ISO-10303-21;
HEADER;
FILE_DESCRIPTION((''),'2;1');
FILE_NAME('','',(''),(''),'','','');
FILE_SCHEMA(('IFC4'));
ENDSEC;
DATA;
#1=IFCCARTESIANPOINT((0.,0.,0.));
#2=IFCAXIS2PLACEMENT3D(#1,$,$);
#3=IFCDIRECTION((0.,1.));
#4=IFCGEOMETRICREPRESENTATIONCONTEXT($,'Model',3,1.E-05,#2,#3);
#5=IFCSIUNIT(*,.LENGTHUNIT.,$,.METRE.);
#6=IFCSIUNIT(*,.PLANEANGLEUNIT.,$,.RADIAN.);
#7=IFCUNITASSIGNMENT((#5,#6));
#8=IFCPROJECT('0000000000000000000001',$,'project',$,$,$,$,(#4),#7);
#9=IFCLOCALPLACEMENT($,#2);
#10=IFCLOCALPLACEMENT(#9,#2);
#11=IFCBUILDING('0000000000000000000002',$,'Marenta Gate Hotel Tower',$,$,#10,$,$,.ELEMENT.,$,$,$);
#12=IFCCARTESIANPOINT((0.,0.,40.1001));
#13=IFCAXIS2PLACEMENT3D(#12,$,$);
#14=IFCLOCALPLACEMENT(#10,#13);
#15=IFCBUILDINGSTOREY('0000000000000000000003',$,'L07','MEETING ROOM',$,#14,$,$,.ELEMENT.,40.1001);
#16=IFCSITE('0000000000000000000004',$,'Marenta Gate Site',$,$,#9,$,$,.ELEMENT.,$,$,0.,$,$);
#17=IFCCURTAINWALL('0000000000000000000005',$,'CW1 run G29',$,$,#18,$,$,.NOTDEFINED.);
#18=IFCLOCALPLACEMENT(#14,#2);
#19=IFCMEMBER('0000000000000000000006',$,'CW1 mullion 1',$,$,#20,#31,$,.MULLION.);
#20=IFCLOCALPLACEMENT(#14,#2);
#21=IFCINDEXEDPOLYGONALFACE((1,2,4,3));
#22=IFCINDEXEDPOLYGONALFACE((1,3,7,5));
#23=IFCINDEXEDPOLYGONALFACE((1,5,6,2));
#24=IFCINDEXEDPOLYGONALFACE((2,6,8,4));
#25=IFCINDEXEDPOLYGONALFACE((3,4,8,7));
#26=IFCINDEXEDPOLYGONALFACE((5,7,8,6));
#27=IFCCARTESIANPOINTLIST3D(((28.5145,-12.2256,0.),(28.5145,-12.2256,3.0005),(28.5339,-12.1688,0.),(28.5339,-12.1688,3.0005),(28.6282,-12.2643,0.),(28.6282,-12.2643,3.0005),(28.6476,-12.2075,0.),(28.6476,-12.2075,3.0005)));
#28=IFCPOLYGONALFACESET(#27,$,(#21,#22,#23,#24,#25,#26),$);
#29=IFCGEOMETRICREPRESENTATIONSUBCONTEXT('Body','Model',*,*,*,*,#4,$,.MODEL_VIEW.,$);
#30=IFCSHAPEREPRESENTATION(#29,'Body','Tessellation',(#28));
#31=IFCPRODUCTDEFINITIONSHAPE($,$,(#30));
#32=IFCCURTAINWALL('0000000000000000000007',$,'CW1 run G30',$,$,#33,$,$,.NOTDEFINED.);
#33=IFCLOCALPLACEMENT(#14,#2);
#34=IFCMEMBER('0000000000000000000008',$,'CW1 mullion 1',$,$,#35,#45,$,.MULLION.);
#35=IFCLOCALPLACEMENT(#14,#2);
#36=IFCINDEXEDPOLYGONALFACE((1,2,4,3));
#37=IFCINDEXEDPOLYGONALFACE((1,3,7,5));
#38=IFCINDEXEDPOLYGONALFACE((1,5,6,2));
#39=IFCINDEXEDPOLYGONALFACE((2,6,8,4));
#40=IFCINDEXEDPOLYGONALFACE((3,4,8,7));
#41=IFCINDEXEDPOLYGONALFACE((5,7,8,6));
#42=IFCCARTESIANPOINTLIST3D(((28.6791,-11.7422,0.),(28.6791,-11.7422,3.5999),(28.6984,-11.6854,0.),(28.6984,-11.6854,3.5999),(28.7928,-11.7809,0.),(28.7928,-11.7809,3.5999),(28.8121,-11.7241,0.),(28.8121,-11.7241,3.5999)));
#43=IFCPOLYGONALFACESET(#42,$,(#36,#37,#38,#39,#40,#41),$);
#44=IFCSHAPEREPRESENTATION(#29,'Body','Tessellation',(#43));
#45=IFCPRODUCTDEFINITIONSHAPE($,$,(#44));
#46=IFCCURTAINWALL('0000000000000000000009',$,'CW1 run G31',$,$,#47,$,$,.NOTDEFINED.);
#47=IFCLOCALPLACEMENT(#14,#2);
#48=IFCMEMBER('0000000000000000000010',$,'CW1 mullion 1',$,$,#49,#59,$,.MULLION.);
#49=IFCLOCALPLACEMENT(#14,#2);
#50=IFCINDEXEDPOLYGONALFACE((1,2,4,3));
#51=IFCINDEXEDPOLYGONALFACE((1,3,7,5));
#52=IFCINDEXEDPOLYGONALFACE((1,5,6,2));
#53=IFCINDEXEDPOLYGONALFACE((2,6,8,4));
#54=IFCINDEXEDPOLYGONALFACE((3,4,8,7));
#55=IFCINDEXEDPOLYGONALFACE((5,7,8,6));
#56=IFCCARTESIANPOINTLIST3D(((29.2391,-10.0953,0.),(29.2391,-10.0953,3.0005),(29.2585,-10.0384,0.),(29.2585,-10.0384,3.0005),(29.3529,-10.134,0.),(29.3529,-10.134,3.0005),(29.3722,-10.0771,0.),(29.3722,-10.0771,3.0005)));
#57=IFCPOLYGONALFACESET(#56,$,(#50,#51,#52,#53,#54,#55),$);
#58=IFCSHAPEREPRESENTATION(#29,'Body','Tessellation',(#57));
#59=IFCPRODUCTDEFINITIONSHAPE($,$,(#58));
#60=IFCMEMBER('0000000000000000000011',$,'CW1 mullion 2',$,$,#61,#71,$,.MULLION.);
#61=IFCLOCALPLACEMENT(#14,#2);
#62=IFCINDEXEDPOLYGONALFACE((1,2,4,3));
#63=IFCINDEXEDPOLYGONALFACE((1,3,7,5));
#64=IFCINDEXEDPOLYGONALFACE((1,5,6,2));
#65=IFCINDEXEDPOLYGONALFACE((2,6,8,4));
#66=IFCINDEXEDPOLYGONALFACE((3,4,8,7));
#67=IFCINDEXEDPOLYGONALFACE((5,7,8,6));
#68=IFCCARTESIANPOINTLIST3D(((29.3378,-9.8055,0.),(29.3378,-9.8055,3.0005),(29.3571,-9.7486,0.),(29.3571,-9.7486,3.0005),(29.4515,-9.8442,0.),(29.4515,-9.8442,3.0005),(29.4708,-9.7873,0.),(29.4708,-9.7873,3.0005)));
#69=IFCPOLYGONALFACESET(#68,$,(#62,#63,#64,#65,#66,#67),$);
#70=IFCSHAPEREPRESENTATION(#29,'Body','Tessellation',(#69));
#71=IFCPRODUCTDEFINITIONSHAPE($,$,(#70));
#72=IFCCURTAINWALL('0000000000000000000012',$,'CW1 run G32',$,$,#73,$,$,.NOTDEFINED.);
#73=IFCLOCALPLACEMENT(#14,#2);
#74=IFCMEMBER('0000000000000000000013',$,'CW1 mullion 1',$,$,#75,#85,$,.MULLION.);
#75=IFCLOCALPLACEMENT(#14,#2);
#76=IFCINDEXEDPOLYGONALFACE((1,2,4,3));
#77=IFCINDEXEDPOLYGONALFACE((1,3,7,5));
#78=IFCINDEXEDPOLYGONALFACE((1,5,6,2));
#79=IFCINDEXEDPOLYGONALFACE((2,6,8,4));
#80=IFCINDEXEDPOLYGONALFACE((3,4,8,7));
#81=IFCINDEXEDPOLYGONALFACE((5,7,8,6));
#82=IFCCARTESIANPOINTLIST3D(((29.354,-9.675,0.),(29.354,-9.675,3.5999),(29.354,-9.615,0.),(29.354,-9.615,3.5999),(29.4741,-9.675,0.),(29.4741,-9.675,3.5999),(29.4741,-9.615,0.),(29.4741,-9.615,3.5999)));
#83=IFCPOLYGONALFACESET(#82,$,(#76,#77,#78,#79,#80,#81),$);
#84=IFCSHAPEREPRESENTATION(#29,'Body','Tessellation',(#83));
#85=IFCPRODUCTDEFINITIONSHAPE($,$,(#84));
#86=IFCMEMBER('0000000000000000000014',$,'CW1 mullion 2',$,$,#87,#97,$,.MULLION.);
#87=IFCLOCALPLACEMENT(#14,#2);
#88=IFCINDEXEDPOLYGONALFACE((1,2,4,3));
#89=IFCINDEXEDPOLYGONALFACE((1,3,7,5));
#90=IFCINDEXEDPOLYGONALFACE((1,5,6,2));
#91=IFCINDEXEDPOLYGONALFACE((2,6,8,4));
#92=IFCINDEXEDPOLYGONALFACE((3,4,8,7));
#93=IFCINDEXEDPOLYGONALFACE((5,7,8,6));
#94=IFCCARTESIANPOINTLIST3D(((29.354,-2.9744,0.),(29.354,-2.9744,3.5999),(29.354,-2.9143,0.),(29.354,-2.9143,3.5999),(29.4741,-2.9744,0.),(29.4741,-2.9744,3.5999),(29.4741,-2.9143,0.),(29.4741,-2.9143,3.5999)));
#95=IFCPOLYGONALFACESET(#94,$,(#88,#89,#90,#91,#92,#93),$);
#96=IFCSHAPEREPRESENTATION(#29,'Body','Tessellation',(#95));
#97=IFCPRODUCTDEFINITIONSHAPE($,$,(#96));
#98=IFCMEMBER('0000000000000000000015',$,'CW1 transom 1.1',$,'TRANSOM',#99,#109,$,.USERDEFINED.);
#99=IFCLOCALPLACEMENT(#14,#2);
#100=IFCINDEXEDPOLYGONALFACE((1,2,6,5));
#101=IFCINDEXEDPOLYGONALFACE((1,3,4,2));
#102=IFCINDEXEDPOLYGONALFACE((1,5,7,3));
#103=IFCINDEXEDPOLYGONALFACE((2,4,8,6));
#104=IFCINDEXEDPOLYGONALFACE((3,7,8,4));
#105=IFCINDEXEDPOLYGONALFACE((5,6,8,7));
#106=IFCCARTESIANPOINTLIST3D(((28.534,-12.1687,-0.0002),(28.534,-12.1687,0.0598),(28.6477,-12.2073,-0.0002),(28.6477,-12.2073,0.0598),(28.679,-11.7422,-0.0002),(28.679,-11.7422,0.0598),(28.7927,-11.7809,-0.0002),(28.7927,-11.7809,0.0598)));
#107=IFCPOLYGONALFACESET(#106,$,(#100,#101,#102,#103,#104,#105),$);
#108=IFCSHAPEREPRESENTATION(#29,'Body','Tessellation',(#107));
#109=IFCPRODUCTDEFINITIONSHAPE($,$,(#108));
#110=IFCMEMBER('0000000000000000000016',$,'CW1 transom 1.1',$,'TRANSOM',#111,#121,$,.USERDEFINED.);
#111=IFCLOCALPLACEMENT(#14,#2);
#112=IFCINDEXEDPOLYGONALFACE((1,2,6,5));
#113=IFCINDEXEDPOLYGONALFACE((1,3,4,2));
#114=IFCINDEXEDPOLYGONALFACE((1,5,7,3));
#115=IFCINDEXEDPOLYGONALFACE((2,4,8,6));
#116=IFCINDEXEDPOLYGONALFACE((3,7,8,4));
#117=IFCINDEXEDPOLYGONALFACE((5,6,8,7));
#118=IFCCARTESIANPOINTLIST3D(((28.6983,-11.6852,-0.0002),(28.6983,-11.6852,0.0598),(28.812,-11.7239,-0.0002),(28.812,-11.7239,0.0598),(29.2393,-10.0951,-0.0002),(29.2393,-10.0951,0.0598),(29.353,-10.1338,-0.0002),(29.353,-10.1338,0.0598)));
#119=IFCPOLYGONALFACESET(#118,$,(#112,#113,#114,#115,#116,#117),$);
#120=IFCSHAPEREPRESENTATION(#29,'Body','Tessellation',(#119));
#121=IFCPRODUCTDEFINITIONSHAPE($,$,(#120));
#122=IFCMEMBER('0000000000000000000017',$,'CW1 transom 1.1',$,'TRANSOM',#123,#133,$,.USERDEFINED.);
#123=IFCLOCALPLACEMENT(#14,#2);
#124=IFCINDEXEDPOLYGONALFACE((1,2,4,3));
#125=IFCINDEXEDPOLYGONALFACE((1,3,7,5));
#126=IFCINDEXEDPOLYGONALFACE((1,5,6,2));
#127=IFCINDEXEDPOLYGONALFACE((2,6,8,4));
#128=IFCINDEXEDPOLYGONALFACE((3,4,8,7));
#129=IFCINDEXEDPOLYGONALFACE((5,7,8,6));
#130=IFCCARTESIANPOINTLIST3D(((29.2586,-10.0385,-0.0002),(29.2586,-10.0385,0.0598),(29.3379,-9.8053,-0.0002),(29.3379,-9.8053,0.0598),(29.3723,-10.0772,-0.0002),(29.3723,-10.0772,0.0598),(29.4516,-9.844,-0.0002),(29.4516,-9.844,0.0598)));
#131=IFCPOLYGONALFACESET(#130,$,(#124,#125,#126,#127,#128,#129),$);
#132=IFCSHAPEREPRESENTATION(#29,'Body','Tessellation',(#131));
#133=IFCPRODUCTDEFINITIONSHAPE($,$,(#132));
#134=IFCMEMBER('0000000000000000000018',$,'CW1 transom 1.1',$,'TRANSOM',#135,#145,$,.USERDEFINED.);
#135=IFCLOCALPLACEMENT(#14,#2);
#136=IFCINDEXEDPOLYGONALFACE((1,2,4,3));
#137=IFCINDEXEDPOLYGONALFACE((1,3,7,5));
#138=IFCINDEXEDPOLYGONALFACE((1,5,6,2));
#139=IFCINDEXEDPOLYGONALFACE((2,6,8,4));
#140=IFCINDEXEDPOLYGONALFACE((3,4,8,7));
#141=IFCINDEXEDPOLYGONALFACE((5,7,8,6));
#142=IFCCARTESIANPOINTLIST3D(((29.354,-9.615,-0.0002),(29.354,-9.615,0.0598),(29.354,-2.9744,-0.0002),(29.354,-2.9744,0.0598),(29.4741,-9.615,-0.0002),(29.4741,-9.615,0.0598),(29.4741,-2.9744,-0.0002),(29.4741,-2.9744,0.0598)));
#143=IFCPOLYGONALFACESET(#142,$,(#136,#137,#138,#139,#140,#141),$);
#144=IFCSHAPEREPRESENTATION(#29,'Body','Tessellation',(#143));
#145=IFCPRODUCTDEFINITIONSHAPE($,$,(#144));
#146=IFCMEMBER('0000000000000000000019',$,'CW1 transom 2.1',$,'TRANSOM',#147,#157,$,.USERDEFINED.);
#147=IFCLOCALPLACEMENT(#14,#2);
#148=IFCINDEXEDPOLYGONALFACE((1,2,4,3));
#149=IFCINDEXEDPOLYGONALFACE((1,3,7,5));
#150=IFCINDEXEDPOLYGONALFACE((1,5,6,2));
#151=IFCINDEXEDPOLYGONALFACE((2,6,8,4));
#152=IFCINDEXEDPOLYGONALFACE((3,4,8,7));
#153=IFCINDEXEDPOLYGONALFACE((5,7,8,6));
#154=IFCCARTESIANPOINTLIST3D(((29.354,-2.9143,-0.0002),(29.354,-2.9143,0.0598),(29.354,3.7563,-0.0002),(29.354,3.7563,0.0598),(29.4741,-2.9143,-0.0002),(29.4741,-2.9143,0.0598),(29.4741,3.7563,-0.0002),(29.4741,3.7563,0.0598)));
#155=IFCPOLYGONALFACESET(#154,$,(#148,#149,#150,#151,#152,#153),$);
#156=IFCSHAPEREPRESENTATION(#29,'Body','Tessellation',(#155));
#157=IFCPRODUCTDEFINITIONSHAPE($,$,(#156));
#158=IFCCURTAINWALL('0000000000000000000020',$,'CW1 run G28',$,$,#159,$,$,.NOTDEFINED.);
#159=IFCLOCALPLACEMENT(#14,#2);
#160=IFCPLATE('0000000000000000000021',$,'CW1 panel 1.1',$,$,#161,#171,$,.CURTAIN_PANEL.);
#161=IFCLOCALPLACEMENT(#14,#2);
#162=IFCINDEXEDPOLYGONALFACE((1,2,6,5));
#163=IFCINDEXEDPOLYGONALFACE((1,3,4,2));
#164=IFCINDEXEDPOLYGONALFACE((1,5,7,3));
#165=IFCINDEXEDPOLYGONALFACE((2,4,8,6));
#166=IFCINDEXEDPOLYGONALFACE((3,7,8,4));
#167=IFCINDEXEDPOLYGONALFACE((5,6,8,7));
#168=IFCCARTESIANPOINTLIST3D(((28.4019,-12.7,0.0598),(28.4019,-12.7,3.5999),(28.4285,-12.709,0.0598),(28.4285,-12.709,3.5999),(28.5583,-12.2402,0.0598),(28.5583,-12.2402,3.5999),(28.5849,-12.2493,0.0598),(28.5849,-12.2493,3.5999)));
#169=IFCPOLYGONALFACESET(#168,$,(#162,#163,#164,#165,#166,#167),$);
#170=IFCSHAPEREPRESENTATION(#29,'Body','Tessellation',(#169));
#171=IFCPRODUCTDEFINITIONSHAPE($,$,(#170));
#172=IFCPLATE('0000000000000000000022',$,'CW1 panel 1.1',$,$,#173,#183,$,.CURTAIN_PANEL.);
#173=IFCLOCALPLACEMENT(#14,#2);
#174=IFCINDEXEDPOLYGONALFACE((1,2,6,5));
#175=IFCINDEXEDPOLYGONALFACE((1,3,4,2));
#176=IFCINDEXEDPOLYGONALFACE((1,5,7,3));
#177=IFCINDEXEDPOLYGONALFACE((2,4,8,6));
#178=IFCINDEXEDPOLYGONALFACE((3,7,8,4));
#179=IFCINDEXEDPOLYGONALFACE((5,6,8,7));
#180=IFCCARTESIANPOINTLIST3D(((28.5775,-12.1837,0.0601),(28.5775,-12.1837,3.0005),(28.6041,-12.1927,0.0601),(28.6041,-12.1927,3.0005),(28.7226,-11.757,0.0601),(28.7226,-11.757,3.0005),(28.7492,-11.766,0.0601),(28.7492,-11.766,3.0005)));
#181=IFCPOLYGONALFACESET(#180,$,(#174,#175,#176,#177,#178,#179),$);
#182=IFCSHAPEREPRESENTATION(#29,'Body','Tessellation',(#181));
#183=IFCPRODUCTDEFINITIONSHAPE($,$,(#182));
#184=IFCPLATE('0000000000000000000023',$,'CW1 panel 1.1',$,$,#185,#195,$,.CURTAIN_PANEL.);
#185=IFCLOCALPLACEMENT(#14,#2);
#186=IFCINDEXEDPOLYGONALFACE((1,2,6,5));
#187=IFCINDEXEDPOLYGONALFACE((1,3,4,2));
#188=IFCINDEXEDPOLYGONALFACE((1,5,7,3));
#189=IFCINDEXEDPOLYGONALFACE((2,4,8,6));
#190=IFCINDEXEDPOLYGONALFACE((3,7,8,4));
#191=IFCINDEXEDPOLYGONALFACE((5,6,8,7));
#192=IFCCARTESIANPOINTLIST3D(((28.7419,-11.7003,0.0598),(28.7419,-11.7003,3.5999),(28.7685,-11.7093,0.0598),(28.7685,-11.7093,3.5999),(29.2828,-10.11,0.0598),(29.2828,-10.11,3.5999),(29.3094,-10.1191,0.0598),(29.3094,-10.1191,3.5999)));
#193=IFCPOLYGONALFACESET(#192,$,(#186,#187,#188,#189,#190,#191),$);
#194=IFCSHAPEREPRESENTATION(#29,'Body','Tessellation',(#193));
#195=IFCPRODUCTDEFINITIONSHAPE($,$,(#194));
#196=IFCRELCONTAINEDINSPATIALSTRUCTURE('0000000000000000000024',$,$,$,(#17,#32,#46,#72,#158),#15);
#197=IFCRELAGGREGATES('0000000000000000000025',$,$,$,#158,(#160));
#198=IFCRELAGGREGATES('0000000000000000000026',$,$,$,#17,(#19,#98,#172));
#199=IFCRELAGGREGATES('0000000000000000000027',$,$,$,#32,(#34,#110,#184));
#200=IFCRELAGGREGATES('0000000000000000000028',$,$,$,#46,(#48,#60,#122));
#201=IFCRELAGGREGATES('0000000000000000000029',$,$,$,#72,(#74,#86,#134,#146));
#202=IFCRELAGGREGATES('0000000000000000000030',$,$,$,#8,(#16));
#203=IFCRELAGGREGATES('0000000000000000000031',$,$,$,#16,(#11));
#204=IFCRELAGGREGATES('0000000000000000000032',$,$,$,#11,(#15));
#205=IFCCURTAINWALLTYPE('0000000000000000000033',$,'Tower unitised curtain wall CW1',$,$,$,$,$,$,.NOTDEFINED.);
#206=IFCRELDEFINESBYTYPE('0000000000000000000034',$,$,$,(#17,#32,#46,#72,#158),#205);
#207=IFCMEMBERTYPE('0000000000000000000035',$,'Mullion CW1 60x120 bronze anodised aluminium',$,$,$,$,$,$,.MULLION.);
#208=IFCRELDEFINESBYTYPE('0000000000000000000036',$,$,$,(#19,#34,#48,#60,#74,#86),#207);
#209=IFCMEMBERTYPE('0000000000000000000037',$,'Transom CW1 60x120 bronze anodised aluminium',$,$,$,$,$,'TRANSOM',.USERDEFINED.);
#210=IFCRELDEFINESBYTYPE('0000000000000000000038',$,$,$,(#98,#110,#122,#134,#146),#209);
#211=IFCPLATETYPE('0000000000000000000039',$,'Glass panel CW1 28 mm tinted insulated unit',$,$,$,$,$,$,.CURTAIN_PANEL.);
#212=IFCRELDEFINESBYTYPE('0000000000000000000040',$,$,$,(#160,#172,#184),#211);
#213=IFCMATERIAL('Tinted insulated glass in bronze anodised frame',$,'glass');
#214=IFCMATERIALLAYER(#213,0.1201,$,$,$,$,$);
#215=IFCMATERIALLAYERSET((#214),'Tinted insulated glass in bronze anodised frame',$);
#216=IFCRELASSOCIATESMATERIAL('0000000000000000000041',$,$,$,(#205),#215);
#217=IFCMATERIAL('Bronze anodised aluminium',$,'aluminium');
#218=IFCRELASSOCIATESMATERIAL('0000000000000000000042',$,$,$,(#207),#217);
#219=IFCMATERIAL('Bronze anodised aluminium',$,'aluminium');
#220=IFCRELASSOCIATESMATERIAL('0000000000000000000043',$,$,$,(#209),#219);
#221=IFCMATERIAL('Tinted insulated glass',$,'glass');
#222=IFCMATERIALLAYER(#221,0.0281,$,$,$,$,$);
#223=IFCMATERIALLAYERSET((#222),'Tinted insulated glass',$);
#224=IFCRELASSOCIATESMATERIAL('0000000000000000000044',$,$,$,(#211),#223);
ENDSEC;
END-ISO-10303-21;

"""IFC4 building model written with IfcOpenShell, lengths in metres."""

from ifc_helpers import new_model, si_unit, direction, frame, origin, origin_2d, place, context, subcontext, project, spatial, rectangle, extrude, material, layer, layer_set, material_profile, profile_set, type_object, element, aggregate, save


model = new_model("IFC4")

# Units and contexts
model_context = context("Model", 3, precision=1e-05, world=origin(), true_north=direction((0.0, 1.0)))
body_context = subcontext(model_context, "Body", "Model", "MODEL_VIEW")
ifc_project = project(units=[si_unit("LENGTHUNIT", "METRE"), si_unit("PLANEANGLEUNIT", "RADIAN")], contexts=[model_context])

# Site, building, storey
site_placement = place(None, origin())
site = spatial("IfcSite", under=ifc_project, at=site_placement, Name="Marenta Gate Site", CompositionType="ELEMENT", RefElevation=0.0)
building_placement = place(site_placement, origin())
building = spatial("IfcBuilding", under=site, at=building_placement, Name="Marenta Gate Hotel Tower", CompositionType="ELEMENT")
storey_placement = place(building_placement, frame((0.0, 0.0, 40.1001)))
storey = spatial("IfcBuildingStorey", under=building, at=storey_placement, Name="L07", Description="MEETING ROOM", CompositionType="ELEMENT", Elevation=40.1001)

# Curtain walls, members
ifc_material_1 = material(Name="Tinted insulated glass in bronze anodised frame", Category="glass")
ifc_layer_1 = layer(ifc_material_1, 0.1201)
ifc_layer_set_1 = layer_set([ifc_layer_1], Name="Tinted insulated glass in bronze anodised frame")
curtain_wall_type = type_object("IfcCurtainWallType", Name="Tower unitised curtain wall CW1", PredefinedType="NOTDEFINED", material=ifc_layer_set_1)
curtain_wall_1_placement = place(storey_placement, origin())
curtain_wall_1 = element("IfcCurtainWall", 1, at=curtain_wall_1_placement, inside=storey, type_object=curtain_wall_type, Name="CW1 run G29", PredefinedType="NOTDEFINED")
ifc_material_2 = material(Name="Bronze anodised aluminium", Category="aluminium")
ifc_material_profile_1 = material_profile(ifc_material_2, rectangle(XDim=0.1201, YDim=0.0601, at=origin_2d()), Name="Mullion CW1 60x120 bronze anodised aluminium")
ifc_profile_set_1 = profile_set([ifc_material_profile_1], Name="Bronze anodised aluminium")
member_type_1 = type_object("IfcMemberType", Name="Mullion CW1 60x120 bronze anodised aluminium", PredefinedType="MULLION", material=ifc_profile_set_1)
member_1_placement = place(storey_placement, frame((28.5811, -12.2166, 0.0), z_axis=(0.0, 0.0, 1.0), x_axis=(-0.946746, 0.32198, 0.0)))
member_1 = element("IfcMember", 2, at=member_1_placement, type_object=member_type_1, Name="CW1 mullion 1", PredefinedType="MULLION", context=body_context, shape_type="SweptSolid", body=[
    extrude(rectangle(XDim=0.1201, YDim=0.0601, at=origin_2d()), origin(), (0.0, 0.0, 1.0), 3.0005),
])
curtain_wall_2_placement = place(storey_placement, origin())
curtain_wall_2 = element("IfcCurtainWall", 3, at=curtain_wall_2_placement, inside=storey, type_object=curtain_wall_type, Name="CW1 run G30", PredefinedType="NOTDEFINED")
member_2_placement = place(storey_placement, frame((28.7456, -11.7332, 0.0), z_axis=(0.0, 0.0, 1.0), x_axis=(-0.946728, 0.322034, 0.0)))
member_2 = element("IfcMember", 4, at=member_2_placement, type_object=member_type_1, Name="CW1 mullion 1", PredefinedType="MULLION", context=body_context, shape_type="SweptSolid", body=[
    extrude(rectangle(XDim=0.1201, YDim=0.0601, at=origin_2d()), origin(), (0.0, 0.0, 1.0), 3.5999),
])

# Curtain walls, members
curtain_wall_3_placement = place(storey_placement, origin())
curtain_wall_3 = element("IfcCurtainWall", 5, at=curtain_wall_3_placement, inside=storey, type_object=curtain_wall_type, Name="CW1 run G31", PredefinedType="NOTDEFINED")
member_3_placement = place(storey_placement, frame((29.3057, -10.0862, 0.0), z_axis=(0.0, 0.0, 1.0), x_axis=(-0.946726, 0.32204, 0.0)))
member_3 = element("IfcMember", 6, at=member_3_placement, type_object=member_type_1, Name="CW1 mullion 1", PredefinedType="MULLION", context=body_context, shape_type="SweptSolid", body=[
    extrude(rectangle(XDim=0.1201, YDim=0.0601, at=origin_2d()), origin(), (0.0, 0.0, 1.0), 3.0005),
])
member_4_placement = place(storey_placement, frame((29.4043, -9.7964, 0.0), z_axis=(0.0, 0.0, 1.0), x_axis=(-0.946726, 0.32204, 0.0)))
member_4 = element("IfcMember", 7, at=member_4_placement, type_object=member_type_1, Name="CW1 mullion 2", PredefinedType="MULLION", context=body_context, shape_type="SweptSolid", body=[
    extrude(rectangle(XDim=0.1201, YDim=0.0601, at=origin_2d()), origin(), (0.0, 0.0, 1.0), 3.0005),
])
curtain_wall_4_placement = place(storey_placement, origin())
curtain_wall_4 = element("IfcCurtainWall", 8, at=curtain_wall_4_placement, inside=storey, type_object=curtain_wall_type, Name="CW1 run G32", PredefinedType="NOTDEFINED")
member_5_placement = place(storey_placement, frame((29.4141, -9.645, 0.0), z_axis=(0.0, 0.0, 1.0), x_axis=(-1.0, 0.0, 0.0)))
member_5 = element("IfcMember", 9, at=member_5_placement, type_object=member_type_1, Name="CW1 mullion 1", PredefinedType="MULLION", context=body_context, shape_type="SweptSolid", body=[
    extrude(rectangle(XDim=0.1201, YDim=0.0601, at=origin_2d()), origin(), (0.0, 0.0, 1.0), 3.5999),
])
member_6_placement = place(storey_placement, frame((29.4141, -2.9443, 0.0), z_axis=(0.0, 0.0, 1.0), x_axis=(-1.0, 0.0, 0.0)))
member_6 = element("IfcMember", 10, at=member_6_placement, type_object=member_type_1, Name="CW1 mullion 2", PredefinedType="MULLION", context=body_context, shape_type="SweptSolid", body=[
    extrude(rectangle(XDim=0.1201, YDim=0.0601, at=origin_2d()), origin(), (0.0, 0.0, 1.0), 3.5999),
])

# Members
ifc_material_3 = material(Name="Bronze anodised aluminium", Category="aluminium")
ifc_material_profile_2 = material_profile(ifc_material_3, rectangle(XDim=0.1201, YDim=0.0601, at=origin_2d()), Name="Transom CW1 60x120 bronze anodised aluminium")
ifc_profile_set_2 = profile_set([ifc_material_profile_2], Name="Bronze anodised aluminium")
member_type_2 = type_object("IfcMemberType", Name="Transom CW1 60x120 bronze anodised aluminium", ElementType="TRANSOM", PredefinedType="USERDEFINED", material=ifc_profile_set_2)
member_7_placement = place(storey_placement, frame((28.5908, -12.188, 0.0298), z_axis=(0.321912, 0.946769, 0.0), x_axis=(-0.946769, 0.321912, 0.0)))
member_7 = element("IfcMember", 11, at=member_7_placement, type_object=member_type_2, Name="CW1 transom 1.1", ObjectType="TRANSOM", PredefinedType="USERDEFINED", context=body_context, shape_type="SweptSolid", body=[
    extrude(rectangle(XDim=0.1201, YDim=0.0601, at=origin_2d()), origin(), (0.0, 0.0, 1.0), 0.4504),
])
member_8_placement = place(storey_placement, frame((28.7551, -11.7046, 0.0298), z_axis=(0.322109, 0.946703, 0.0), x_axis=(-0.946703, 0.322109, 0.0)))
member_8 = element("IfcMember", 12, at=member_8_placement, type_object=member_type_2, Name="CW1 transom 1.1", ObjectType="TRANSOM", PredefinedType="USERDEFINED", context=body_context, shape_type="SweptSolid", body=[
    extrude(rectangle(XDim=0.1201, YDim=0.0601, at=origin_2d()), origin(), (0.0, 0.0, 1.0), 1.6797),
])
member_9_placement = place(storey_placement, frame((29.3154, -10.0579, 0.0298), z_axis=(0.322169, 0.946682, 0.0), x_axis=(-0.946682, 0.322169, 0.0)))
member_9 = element("IfcMember", 13, at=member_9_placement, type_object=member_type_2, Name="CW1 transom 1.1", ObjectType="TRANSOM", PredefinedType="USERDEFINED", context=body_context, shape_type="SweptSolid", body=[
    extrude(rectangle(XDim=0.1201, YDim=0.0601, at=origin_2d()), origin(), (0.0, 0.0, 1.0), 0.2463),
])
member_10_placement = place(storey_placement, frame((29.4141, -9.615, 0.0298), z_axis=(0.0, 1.0, 0.0), x_axis=(-1.0, 0.0, 0.0)))
member_10 = element("IfcMember", 14, at=member_10_placement, type_object=member_type_2, Name="CW1 transom 1.1", ObjectType="TRANSOM", PredefinedType="USERDEFINED", context=body_context, shape_type="SweptSolid", body=[
    extrude(rectangle(XDim=0.1201, YDim=0.0601, at=origin_2d()), origin(), (0.0, 0.0, 1.0), 6.6406),
])
member_11_placement = place(storey_placement, frame((29.4141, -2.9143, 0.0298), z_axis=(0.0, 1.0, 0.0), x_axis=(-1.0, 0.0, 0.0)))
member_11 = element("IfcMember", 15, at=member_11_placement, type_object=member_type_2, Name="CW1 transom 2.1", ObjectType="TRANSOM", PredefinedType="USERDEFINED", context=body_context, shape_type="SweptSolid", body=[
    extrude(rectangle(XDim=0.1201, YDim=0.0601, at=origin_2d()), origin(), (0.0, 0.0, 1.0), 6.6707),
])

# Curtain wall, plate
curtain_wall_5_placement = place(storey_placement, origin())
curtain_wall_5 = element("IfcCurtainWall", 16, at=curtain_wall_5_placement, inside=storey, type_object=curtain_wall_type, Name="CW1 run G28", PredefinedType="NOTDEFINED")
ifc_material_4 = material(Name="Tinted insulated glass", Category="glass")
ifc_layer_2 = layer(ifc_material_4, 0.0281)
ifc_layer_set_2 = layer_set([ifc_layer_2], Name="Tinted insulated glass")
plate_type = type_object("IfcPlateType", Name="Glass panel CW1 28 mm tinted insulated unit", PredefinedType="CURTAIN_PANEL", material=ifc_layer_set_2)
plate_1_placement = place(storey_placement, frame((28.4934, -12.4746, 0.0598), z_axis=(0.0, 0.0, 1.0), x_axis=(0.322051, 0.946722, 0.0)))
plate_1 = element("IfcPlate", 17, at=plate_1_placement, type_object=plate_type, Name="CW1 panel 1.1", PredefinedType="CURTAIN_PANEL", context=body_context, shape_type="SweptSolid", body=[
    extrude(rectangle(XDim=0.4856, YDim=0.0281, at=origin_2d()), origin(), (0.0, 0.0, 1.0), 3.54),
])
aggregate(curtain_wall_5, [plate_1])

# Plates
plate_2_placement = place(storey_placement, frame((28.6633, -11.9749, 0.0601), z_axis=(0.0, 0.0, 1.0), x_axis=(0.32198, 0.946746, 0.0)))
plate_2 = element("IfcPlate", 18, at=plate_2_placement, type_object=plate_type, Name="CW1 panel 1.1", PredefinedType="CURTAIN_PANEL", context=body_context, shape_type="SweptSolid", body=[
    extrude(rectangle(XDim=0.4507, YDim=0.0281, at=origin_2d()), origin(), (0.0, 0.0, 1.0), 2.9404),
])
aggregate(curtain_wall_1, [member_1, member_7, plate_2])
plate_3_placement = place(storey_placement, frame((29.0256, -10.9097, 0.0598), z_axis=(0.0, 0.0, 1.0), x_axis=(0.322034, 0.946728, 0.0)))
plate_3 = element("IfcPlate", 19, at=plate_3_placement, type_object=plate_type, Name="CW1 panel 1.1", PredefinedType="CURTAIN_PANEL", context=body_context, shape_type="SweptSolid", body=[
    extrude(rectangle(XDim=1.6797, YDim=0.0281, at=origin_2d()), origin(), (0.0, 0.0, 1.0), 3.54),
])
aggregate(curtain_wall_2, [member_2, member_8, plate_3])
aggregate(curtain_wall_3, [member_3, member_4, member_9])
aggregate(curtain_wall_4, [member_5, member_6, member_10, member_11])

save(model, "model.ifc")
